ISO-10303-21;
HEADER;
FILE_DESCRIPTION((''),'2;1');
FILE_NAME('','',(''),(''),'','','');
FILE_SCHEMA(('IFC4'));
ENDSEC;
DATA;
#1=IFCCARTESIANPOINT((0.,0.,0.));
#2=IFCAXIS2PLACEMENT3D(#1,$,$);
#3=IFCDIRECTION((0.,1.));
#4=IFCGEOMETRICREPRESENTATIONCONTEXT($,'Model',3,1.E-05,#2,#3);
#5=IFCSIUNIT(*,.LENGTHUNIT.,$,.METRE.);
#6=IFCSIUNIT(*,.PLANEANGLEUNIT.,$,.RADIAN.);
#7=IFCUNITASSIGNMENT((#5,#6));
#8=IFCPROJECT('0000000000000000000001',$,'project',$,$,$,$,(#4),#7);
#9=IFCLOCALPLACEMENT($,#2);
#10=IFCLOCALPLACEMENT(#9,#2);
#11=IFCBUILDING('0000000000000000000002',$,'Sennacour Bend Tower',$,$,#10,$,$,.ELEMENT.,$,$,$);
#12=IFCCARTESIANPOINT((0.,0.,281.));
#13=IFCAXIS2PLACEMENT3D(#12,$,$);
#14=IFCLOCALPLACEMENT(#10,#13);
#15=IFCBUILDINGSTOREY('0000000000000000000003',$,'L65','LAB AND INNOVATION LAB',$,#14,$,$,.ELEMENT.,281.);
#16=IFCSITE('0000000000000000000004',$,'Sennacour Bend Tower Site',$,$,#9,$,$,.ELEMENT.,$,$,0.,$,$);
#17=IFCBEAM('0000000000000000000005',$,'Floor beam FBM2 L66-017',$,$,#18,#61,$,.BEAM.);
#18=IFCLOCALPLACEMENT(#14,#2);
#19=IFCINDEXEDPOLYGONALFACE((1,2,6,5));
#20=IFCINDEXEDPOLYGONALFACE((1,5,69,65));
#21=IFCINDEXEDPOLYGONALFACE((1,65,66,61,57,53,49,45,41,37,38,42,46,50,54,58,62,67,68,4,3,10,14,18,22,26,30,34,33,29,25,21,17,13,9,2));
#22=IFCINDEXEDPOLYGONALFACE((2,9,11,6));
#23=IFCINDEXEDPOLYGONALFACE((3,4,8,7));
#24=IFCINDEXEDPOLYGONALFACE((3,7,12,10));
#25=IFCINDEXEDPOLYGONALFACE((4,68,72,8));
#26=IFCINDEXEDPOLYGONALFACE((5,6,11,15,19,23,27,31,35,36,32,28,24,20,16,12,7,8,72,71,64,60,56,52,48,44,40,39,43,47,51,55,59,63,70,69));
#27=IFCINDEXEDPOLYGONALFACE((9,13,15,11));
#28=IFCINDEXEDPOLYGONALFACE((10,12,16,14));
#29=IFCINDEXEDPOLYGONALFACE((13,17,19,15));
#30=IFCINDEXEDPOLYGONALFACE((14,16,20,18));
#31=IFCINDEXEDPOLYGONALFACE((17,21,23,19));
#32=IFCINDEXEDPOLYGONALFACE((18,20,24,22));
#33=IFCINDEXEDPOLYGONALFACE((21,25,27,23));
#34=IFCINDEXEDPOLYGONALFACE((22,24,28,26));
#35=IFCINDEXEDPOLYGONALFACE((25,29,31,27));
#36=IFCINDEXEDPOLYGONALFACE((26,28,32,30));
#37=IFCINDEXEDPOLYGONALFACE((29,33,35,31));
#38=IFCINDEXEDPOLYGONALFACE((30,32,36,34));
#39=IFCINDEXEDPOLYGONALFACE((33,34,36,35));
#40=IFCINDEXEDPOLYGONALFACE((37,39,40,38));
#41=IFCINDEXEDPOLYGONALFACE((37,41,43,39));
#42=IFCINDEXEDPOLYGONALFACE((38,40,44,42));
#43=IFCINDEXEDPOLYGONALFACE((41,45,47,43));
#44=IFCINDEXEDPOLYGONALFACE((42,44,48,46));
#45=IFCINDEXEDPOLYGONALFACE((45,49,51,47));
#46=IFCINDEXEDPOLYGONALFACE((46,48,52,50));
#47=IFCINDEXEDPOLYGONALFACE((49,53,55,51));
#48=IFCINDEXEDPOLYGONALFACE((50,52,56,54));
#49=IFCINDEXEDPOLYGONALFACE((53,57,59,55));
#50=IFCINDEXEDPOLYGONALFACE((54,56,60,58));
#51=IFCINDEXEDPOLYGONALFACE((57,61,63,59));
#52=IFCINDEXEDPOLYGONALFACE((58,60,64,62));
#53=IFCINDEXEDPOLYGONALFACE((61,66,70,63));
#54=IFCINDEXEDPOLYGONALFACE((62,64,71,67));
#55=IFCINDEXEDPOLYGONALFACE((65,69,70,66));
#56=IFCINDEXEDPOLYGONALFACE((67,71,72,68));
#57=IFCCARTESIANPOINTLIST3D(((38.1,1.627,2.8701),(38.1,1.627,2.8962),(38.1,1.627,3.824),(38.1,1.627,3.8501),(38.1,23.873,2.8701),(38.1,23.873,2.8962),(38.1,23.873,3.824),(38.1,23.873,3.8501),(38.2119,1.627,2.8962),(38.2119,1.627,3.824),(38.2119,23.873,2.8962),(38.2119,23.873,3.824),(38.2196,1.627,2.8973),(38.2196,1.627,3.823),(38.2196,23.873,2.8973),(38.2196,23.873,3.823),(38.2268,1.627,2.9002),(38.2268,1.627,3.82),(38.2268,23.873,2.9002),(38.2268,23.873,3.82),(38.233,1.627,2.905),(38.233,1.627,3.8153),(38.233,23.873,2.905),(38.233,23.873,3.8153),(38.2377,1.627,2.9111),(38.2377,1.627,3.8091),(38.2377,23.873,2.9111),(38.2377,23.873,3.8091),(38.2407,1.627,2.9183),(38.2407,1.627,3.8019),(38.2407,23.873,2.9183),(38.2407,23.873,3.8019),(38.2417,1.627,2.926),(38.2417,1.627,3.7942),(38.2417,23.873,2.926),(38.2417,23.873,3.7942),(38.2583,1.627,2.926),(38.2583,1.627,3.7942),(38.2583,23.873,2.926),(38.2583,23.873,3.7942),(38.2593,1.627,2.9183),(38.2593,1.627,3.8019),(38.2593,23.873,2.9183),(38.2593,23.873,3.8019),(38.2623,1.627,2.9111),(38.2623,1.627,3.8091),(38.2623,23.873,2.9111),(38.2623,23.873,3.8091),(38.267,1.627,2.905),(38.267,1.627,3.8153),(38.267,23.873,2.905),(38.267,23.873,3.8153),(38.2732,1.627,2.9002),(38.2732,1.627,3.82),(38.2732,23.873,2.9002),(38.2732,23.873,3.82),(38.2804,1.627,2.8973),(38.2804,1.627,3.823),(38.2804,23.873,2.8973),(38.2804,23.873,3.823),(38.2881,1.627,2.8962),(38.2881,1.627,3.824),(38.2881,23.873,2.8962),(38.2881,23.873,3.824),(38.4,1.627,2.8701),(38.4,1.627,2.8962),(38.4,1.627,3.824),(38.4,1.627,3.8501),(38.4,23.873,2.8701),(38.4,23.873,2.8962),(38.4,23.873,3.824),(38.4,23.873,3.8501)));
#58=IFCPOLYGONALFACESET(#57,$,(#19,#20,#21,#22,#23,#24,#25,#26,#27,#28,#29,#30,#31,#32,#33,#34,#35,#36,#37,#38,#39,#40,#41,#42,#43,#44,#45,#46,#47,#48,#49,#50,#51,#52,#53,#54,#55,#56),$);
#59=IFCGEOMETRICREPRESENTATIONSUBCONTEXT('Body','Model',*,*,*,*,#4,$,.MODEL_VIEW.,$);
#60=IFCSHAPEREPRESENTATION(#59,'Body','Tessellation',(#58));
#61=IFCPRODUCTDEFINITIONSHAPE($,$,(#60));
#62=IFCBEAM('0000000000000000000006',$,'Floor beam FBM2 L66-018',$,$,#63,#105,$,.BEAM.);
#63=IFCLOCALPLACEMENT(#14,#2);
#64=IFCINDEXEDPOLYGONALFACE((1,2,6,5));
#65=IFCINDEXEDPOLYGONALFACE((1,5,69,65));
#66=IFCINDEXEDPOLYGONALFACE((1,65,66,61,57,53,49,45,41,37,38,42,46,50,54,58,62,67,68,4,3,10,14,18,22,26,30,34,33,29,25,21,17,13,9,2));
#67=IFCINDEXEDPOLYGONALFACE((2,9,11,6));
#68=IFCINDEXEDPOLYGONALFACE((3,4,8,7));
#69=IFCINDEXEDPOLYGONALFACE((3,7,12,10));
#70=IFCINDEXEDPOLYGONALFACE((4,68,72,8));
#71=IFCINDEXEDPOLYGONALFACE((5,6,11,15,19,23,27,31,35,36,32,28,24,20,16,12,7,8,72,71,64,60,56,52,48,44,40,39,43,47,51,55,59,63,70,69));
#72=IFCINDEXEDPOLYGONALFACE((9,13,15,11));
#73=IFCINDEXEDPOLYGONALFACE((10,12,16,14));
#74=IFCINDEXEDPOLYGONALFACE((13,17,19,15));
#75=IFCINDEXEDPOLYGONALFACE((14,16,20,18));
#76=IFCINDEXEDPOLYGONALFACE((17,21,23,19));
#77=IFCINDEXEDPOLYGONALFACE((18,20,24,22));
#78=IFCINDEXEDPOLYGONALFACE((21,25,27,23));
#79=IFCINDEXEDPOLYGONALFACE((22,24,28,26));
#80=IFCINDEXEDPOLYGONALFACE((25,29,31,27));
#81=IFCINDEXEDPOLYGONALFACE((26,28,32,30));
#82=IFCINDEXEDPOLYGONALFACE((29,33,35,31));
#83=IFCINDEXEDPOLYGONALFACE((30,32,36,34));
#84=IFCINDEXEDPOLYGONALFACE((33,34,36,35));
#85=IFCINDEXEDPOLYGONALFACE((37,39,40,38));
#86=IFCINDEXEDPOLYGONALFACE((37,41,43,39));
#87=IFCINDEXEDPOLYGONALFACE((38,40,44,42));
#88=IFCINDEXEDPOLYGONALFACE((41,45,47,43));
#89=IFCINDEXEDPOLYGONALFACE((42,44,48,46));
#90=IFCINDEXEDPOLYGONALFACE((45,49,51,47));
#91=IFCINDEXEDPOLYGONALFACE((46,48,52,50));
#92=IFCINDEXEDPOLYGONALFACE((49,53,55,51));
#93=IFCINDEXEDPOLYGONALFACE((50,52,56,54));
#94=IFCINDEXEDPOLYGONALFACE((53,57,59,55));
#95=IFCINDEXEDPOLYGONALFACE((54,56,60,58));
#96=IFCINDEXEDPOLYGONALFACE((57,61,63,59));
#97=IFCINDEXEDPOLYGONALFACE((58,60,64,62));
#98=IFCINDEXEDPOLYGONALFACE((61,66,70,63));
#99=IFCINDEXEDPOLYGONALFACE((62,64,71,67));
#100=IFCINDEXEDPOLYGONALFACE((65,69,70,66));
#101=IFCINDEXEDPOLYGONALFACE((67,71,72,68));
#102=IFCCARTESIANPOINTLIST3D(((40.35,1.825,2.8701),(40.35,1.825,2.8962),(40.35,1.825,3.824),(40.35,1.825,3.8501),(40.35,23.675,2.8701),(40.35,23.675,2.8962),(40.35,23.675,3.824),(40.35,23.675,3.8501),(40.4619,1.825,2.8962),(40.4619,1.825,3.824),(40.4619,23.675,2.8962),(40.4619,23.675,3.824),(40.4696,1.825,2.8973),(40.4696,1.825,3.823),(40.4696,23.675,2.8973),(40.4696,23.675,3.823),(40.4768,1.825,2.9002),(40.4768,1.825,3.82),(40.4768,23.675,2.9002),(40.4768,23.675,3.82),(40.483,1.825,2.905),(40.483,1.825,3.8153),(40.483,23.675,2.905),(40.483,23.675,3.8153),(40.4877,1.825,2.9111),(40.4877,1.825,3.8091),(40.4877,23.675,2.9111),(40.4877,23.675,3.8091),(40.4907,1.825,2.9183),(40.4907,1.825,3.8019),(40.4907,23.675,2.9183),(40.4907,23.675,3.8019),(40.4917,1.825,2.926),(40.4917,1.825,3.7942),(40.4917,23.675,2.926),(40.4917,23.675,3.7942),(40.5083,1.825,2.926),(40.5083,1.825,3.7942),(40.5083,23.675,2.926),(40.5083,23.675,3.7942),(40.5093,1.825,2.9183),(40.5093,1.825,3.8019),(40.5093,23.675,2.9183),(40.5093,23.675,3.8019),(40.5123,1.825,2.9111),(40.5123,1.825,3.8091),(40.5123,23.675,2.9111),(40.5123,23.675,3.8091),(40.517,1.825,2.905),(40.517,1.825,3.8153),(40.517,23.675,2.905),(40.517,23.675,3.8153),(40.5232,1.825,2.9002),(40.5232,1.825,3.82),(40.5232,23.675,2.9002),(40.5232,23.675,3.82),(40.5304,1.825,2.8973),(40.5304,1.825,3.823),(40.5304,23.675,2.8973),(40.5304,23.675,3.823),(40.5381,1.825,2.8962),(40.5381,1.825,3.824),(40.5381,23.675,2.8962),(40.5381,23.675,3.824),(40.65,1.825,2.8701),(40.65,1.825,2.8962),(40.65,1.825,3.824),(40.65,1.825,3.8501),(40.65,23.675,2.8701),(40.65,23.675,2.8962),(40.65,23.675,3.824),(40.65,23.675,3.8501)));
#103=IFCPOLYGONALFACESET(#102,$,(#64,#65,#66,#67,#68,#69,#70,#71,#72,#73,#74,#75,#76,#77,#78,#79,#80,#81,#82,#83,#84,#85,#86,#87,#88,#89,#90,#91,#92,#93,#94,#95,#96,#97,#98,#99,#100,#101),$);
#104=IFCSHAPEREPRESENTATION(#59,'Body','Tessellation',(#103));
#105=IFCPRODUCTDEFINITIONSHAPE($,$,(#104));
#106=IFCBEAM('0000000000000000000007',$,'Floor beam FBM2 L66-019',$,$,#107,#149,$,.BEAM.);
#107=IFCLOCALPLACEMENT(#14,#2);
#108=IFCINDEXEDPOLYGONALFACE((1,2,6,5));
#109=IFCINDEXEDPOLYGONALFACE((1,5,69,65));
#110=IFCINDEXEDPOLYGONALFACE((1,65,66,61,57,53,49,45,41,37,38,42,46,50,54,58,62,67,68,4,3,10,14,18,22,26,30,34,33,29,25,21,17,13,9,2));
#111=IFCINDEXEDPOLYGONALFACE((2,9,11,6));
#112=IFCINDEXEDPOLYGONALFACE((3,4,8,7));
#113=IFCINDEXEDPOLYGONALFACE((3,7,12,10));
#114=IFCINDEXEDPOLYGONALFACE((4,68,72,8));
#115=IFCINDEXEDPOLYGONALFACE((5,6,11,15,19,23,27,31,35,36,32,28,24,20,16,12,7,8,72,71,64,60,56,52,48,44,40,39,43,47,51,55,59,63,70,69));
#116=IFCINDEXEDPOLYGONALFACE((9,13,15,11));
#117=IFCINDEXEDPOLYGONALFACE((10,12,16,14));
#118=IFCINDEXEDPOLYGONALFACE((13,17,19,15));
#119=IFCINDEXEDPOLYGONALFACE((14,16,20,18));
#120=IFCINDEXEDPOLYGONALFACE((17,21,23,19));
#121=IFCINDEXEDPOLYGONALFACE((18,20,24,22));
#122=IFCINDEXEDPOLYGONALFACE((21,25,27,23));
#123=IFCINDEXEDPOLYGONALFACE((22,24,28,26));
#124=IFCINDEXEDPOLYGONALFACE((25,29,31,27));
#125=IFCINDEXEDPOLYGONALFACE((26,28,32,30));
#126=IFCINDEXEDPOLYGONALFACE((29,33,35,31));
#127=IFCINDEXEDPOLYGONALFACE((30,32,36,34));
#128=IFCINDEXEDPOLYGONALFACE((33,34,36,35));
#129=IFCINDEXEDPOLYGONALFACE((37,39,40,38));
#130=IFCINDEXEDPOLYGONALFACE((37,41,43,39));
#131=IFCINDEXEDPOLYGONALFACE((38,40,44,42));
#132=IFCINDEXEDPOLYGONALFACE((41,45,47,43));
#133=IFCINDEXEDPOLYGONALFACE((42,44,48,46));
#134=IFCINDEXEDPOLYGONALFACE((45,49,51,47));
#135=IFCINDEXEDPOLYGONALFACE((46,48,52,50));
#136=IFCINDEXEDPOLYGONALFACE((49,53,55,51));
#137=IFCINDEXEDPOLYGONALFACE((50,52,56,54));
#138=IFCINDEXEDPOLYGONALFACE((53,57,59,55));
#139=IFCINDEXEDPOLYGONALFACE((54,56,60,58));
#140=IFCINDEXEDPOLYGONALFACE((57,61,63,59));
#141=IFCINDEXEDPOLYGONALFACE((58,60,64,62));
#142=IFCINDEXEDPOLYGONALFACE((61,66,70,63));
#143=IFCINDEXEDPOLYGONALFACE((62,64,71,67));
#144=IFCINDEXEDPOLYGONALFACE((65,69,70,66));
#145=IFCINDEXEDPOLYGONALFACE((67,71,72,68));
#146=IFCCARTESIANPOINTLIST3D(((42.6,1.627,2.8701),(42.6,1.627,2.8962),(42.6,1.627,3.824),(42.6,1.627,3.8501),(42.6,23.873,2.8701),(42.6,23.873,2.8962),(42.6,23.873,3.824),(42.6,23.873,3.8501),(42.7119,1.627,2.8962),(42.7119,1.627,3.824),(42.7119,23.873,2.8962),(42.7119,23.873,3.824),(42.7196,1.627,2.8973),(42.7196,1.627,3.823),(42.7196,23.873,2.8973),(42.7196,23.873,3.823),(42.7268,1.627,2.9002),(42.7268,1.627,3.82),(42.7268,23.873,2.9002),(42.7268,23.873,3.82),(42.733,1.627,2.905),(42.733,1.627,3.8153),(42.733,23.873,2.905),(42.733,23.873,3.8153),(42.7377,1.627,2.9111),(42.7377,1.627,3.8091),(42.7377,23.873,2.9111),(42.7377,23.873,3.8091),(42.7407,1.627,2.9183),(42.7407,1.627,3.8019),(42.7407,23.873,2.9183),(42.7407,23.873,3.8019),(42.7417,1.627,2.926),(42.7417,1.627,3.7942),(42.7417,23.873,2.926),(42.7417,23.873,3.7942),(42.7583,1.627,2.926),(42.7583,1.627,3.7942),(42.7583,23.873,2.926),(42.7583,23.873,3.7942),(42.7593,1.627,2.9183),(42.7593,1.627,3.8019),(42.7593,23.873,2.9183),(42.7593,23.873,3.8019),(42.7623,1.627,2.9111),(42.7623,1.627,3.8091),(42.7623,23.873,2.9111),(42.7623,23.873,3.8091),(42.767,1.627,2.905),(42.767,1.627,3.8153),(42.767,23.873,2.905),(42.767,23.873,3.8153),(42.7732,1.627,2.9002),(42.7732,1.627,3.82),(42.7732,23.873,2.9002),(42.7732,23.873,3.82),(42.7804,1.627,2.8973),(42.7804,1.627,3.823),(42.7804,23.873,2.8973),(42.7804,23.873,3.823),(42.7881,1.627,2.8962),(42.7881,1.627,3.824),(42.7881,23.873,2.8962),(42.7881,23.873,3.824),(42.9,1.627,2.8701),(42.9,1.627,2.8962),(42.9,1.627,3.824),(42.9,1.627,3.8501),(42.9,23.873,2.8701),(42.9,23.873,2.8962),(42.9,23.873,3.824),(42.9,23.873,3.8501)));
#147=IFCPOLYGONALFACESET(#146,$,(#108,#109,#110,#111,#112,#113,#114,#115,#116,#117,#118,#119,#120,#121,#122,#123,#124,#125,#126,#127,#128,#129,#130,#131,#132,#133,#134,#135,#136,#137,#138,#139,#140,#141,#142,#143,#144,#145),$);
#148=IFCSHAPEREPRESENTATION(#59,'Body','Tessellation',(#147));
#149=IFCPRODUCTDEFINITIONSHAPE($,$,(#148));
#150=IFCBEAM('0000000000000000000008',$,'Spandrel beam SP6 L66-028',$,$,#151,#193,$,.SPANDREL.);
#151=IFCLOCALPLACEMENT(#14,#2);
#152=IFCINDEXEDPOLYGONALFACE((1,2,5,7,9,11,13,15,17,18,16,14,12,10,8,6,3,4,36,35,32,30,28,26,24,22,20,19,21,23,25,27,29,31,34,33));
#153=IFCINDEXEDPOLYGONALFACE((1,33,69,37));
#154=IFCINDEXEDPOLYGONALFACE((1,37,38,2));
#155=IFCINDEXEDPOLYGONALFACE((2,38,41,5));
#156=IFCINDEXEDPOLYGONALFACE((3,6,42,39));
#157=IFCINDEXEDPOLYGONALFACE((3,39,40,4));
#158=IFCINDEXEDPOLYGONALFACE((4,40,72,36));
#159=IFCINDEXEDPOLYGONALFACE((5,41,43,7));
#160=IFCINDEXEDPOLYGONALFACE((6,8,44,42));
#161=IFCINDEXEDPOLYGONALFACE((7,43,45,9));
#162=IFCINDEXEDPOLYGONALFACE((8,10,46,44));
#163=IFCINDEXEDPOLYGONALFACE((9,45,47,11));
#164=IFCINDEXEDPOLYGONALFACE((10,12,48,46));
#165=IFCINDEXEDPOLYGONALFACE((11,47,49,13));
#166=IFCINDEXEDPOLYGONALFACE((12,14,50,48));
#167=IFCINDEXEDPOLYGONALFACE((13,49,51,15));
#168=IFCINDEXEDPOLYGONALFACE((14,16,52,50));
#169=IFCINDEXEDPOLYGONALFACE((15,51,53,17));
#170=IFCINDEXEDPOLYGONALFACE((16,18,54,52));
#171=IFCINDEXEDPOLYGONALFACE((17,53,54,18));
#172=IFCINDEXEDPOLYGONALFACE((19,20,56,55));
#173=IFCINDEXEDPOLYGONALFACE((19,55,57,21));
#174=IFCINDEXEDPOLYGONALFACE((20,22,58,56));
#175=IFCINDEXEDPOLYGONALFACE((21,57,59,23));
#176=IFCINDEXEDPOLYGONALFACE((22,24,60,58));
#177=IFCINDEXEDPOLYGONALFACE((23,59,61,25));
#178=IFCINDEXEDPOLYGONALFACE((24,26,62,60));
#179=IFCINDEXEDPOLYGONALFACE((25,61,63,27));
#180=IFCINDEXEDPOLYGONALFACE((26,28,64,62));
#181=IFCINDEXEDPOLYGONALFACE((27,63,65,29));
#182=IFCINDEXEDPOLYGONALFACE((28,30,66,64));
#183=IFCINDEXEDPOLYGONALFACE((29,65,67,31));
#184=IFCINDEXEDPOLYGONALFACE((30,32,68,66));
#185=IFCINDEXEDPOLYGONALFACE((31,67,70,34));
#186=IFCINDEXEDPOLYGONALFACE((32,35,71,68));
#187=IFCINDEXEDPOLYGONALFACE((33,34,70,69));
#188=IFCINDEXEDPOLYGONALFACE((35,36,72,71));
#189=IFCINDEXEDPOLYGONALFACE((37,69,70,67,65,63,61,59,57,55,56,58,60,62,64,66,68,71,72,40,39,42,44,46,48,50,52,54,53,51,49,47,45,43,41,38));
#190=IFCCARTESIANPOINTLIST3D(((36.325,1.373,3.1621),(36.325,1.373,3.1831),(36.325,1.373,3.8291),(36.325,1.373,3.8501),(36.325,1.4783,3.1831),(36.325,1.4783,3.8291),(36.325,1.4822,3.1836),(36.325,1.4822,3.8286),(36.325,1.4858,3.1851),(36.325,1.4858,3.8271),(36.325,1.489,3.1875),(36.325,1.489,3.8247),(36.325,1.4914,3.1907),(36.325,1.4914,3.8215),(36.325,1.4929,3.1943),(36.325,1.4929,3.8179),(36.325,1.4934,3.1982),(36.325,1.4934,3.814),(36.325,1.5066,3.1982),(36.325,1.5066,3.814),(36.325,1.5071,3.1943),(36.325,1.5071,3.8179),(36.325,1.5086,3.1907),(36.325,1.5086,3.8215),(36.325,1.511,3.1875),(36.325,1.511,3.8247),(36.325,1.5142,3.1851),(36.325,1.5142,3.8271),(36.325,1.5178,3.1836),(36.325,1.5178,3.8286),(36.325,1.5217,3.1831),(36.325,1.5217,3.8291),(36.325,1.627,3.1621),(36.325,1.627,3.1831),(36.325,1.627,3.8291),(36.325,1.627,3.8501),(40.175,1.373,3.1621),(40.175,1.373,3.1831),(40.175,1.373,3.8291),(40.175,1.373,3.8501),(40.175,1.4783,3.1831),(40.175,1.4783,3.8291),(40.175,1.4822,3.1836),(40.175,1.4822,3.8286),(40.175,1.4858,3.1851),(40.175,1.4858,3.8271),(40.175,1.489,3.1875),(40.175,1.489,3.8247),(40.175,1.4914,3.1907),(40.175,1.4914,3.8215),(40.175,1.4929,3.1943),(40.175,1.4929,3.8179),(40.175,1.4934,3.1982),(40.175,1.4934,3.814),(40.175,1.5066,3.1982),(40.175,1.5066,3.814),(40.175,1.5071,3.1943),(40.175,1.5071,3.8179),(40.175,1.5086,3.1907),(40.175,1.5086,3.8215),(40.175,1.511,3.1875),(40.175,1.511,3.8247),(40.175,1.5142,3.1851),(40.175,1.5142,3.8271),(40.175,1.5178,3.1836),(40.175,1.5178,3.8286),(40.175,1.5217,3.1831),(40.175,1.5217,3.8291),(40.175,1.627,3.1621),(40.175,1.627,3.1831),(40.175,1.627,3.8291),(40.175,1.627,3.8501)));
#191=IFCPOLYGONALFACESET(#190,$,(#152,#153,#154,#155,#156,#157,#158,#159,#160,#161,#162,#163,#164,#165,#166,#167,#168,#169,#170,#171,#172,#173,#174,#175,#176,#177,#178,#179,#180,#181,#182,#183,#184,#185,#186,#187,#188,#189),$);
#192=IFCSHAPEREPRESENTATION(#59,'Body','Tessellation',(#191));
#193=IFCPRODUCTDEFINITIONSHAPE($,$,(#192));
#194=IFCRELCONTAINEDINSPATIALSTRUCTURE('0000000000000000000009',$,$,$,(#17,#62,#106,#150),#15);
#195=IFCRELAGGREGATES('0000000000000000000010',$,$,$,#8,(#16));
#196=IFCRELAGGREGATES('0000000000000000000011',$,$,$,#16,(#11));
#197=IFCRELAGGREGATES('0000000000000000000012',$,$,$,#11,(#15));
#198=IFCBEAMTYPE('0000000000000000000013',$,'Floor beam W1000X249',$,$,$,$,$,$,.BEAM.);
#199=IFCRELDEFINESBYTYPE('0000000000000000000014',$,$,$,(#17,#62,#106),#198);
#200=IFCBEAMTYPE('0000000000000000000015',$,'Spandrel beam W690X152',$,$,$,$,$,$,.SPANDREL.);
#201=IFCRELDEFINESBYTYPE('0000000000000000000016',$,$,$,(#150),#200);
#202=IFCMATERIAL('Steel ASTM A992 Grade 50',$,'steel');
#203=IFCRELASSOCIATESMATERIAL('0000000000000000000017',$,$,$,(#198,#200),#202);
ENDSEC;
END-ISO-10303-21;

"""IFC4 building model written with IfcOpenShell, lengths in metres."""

from ifc_helpers import new_model, si_unit, direction, frame, origin, origin_2d, place, context, subcontext, project, spatial, i_section, extrude, material, material_profile, profile_set, type_object, element, save


model = new_model("IFC4")

# Units and contexts
model_context = context("Model", 3, precision=1e-05, world=origin(), true_north=direction((0.0, 1.0)))
body_context = subcontext(model_context, "Body", "Model", "MODEL_VIEW")
ifc_project = project(units=[si_unit("LENGTHUNIT", "METRE"), si_unit("PLANEANGLEUNIT", "RADIAN")], contexts=[model_context])

# Site, building, storey
site_placement = place(None, origin())
site = spatial("IfcSite", under=ifc_project, at=site_placement, Name="Sennacour Bend Tower Site", CompositionType="ELEMENT", RefElevation=0.0)
building_placement = place(site_placement, origin())
building = spatial("IfcBuilding", under=site, at=building_placement, Name="Sennacour Bend Tower", CompositionType="ELEMENT")
storey_placement = place(building_placement, frame((0.0, 0.0, 281.0)))
storey = spatial("IfcBuildingStorey", under=building, at=storey_placement, Name="L65", Description="LAB AND INNOVATION LAB", CompositionType="ELEMENT", Elevation=281.0)

# Beams
ifc_material_1 = material(Name="Steel ASTM A992 Grade 50", Category="steel")
ifc_material_profile_1 = material_profile(ifc_material_1, i_section(OverallWidth=0.3, OverallDepth=0.98, WebThickness=0.0166, FlangeThickness=0.0261, FilletRadius=0.0298, at=origin_2d()), Name="Steel ASTM A992 Grade 50", Category="steel")
ifc_profile_set_1 = profile_set([ifc_material_profile_1], Name="Steel ASTM A992 Grade 50")
beam_type_1 = type_object("IfcBeamType", Name="Floor beam W1000X249", PredefinedType="BEAM", material=ifc_profile_set_1)
beam_1_placement = place(storey_placement, frame((38.25, 1.627, 3.3601), z_axis=(0.0, 1.0, 0.0), x_axis=(-1.0, 0.0, 0.0)))
element("IfcBeam", 1, at=beam_1_placement, inside=storey, type_object=beam_type_1, Name="Floor beam FBM2 L66-017", PredefinedType="BEAM", context=body_context, shape_type="SweptSolid", body=[
    extrude(i_section(OverallWidth=0.3, OverallDepth=0.98, WebThickness=0.0166, FlangeThickness=0.0261, FilletRadius=0.0298, at=origin_2d()), origin(), (0.0, 0.0, 1.0), 22.2461),
])
beam_2_placement = place(storey_placement, frame((40.5, 1.825, 3.3601), z_axis=(0.0, 1.0, 0.0), x_axis=(-1.0, 0.0, 0.0)))
element("IfcBeam", 2, at=beam_2_placement, inside=storey, type_object=beam_type_1, Name="Floor beam FBM2 L66-018", PredefinedType="BEAM", context=body_context, shape_type="SweptSolid", body=[
    extrude(i_section(OverallWidth=0.3, OverallDepth=0.98, WebThickness=0.0166, FlangeThickness=0.0261, FilletRadius=0.0298, at=origin_2d()), origin(), (0.0, 0.0, 1.0), 21.8501),
])
beam_3_placement = place(storey_placement, frame((42.75, 1.627, 3.3601), z_axis=(0.0, 1.0, 0.0), x_axis=(-1.0, 0.0, 0.0)))
element("IfcBeam", 3, at=beam_3_placement, inside=storey, type_object=beam_type_1, Name="Floor beam FBM2 L66-019", PredefinedType="BEAM", context=body_context, shape_type="SweptSolid", body=[
    extrude(i_section(OverallWidth=0.3, OverallDepth=0.98, WebThickness=0.0166, FlangeThickness=0.0261, FilletRadius=0.0298, at=origin_2d()), origin(), (0.0, 0.0, 1.0), 22.2461),
])
ifc_material_profile_2 = material_profile(ifc_material_1, i_section(OverallWidth=0.2539, OverallDepth=0.688, WebThickness=0.0132, FlangeThickness=0.021, FilletRadius=0.0151, at=origin_2d()), Name="Steel ASTM A992 Grade 50", Category="steel")
ifc_profile_set_2 = profile_set([ifc_material_profile_2], Name="Steel ASTM A992 Grade 50")
beam_type_2 = type_object("IfcBeamType", Name="Spandrel beam W690X152", PredefinedType="SPANDREL", material=ifc_profile_set_2)
for number, where, z_axis, x_axis, name in (
    (4, (40.175, 1.5, 3.5061), (-1.0, 0.0, 0.0), (0.0, -1.0, 0.0), "Spandrel beam SP6 L66-028"),
):
    element("IfcBeam", number, at=place(storey_placement, frame(where, z_axis=z_axis, x_axis=x_axis)), inside=storey, type_object=beam_type_2, Name=name, PredefinedType="SPANDREL", context=body_context, shape_type="SweptSolid", body=[
        extrude(i_section(OverallWidth=0.2539, OverallDepth=0.688, WebThickness=0.0132, FlangeThickness=0.021, FilletRadius=0.0151, at=origin_2d()), origin(), (0.0, 0.0, 1.0), 3.8501),
    ])

save(model, "model.ifc")
